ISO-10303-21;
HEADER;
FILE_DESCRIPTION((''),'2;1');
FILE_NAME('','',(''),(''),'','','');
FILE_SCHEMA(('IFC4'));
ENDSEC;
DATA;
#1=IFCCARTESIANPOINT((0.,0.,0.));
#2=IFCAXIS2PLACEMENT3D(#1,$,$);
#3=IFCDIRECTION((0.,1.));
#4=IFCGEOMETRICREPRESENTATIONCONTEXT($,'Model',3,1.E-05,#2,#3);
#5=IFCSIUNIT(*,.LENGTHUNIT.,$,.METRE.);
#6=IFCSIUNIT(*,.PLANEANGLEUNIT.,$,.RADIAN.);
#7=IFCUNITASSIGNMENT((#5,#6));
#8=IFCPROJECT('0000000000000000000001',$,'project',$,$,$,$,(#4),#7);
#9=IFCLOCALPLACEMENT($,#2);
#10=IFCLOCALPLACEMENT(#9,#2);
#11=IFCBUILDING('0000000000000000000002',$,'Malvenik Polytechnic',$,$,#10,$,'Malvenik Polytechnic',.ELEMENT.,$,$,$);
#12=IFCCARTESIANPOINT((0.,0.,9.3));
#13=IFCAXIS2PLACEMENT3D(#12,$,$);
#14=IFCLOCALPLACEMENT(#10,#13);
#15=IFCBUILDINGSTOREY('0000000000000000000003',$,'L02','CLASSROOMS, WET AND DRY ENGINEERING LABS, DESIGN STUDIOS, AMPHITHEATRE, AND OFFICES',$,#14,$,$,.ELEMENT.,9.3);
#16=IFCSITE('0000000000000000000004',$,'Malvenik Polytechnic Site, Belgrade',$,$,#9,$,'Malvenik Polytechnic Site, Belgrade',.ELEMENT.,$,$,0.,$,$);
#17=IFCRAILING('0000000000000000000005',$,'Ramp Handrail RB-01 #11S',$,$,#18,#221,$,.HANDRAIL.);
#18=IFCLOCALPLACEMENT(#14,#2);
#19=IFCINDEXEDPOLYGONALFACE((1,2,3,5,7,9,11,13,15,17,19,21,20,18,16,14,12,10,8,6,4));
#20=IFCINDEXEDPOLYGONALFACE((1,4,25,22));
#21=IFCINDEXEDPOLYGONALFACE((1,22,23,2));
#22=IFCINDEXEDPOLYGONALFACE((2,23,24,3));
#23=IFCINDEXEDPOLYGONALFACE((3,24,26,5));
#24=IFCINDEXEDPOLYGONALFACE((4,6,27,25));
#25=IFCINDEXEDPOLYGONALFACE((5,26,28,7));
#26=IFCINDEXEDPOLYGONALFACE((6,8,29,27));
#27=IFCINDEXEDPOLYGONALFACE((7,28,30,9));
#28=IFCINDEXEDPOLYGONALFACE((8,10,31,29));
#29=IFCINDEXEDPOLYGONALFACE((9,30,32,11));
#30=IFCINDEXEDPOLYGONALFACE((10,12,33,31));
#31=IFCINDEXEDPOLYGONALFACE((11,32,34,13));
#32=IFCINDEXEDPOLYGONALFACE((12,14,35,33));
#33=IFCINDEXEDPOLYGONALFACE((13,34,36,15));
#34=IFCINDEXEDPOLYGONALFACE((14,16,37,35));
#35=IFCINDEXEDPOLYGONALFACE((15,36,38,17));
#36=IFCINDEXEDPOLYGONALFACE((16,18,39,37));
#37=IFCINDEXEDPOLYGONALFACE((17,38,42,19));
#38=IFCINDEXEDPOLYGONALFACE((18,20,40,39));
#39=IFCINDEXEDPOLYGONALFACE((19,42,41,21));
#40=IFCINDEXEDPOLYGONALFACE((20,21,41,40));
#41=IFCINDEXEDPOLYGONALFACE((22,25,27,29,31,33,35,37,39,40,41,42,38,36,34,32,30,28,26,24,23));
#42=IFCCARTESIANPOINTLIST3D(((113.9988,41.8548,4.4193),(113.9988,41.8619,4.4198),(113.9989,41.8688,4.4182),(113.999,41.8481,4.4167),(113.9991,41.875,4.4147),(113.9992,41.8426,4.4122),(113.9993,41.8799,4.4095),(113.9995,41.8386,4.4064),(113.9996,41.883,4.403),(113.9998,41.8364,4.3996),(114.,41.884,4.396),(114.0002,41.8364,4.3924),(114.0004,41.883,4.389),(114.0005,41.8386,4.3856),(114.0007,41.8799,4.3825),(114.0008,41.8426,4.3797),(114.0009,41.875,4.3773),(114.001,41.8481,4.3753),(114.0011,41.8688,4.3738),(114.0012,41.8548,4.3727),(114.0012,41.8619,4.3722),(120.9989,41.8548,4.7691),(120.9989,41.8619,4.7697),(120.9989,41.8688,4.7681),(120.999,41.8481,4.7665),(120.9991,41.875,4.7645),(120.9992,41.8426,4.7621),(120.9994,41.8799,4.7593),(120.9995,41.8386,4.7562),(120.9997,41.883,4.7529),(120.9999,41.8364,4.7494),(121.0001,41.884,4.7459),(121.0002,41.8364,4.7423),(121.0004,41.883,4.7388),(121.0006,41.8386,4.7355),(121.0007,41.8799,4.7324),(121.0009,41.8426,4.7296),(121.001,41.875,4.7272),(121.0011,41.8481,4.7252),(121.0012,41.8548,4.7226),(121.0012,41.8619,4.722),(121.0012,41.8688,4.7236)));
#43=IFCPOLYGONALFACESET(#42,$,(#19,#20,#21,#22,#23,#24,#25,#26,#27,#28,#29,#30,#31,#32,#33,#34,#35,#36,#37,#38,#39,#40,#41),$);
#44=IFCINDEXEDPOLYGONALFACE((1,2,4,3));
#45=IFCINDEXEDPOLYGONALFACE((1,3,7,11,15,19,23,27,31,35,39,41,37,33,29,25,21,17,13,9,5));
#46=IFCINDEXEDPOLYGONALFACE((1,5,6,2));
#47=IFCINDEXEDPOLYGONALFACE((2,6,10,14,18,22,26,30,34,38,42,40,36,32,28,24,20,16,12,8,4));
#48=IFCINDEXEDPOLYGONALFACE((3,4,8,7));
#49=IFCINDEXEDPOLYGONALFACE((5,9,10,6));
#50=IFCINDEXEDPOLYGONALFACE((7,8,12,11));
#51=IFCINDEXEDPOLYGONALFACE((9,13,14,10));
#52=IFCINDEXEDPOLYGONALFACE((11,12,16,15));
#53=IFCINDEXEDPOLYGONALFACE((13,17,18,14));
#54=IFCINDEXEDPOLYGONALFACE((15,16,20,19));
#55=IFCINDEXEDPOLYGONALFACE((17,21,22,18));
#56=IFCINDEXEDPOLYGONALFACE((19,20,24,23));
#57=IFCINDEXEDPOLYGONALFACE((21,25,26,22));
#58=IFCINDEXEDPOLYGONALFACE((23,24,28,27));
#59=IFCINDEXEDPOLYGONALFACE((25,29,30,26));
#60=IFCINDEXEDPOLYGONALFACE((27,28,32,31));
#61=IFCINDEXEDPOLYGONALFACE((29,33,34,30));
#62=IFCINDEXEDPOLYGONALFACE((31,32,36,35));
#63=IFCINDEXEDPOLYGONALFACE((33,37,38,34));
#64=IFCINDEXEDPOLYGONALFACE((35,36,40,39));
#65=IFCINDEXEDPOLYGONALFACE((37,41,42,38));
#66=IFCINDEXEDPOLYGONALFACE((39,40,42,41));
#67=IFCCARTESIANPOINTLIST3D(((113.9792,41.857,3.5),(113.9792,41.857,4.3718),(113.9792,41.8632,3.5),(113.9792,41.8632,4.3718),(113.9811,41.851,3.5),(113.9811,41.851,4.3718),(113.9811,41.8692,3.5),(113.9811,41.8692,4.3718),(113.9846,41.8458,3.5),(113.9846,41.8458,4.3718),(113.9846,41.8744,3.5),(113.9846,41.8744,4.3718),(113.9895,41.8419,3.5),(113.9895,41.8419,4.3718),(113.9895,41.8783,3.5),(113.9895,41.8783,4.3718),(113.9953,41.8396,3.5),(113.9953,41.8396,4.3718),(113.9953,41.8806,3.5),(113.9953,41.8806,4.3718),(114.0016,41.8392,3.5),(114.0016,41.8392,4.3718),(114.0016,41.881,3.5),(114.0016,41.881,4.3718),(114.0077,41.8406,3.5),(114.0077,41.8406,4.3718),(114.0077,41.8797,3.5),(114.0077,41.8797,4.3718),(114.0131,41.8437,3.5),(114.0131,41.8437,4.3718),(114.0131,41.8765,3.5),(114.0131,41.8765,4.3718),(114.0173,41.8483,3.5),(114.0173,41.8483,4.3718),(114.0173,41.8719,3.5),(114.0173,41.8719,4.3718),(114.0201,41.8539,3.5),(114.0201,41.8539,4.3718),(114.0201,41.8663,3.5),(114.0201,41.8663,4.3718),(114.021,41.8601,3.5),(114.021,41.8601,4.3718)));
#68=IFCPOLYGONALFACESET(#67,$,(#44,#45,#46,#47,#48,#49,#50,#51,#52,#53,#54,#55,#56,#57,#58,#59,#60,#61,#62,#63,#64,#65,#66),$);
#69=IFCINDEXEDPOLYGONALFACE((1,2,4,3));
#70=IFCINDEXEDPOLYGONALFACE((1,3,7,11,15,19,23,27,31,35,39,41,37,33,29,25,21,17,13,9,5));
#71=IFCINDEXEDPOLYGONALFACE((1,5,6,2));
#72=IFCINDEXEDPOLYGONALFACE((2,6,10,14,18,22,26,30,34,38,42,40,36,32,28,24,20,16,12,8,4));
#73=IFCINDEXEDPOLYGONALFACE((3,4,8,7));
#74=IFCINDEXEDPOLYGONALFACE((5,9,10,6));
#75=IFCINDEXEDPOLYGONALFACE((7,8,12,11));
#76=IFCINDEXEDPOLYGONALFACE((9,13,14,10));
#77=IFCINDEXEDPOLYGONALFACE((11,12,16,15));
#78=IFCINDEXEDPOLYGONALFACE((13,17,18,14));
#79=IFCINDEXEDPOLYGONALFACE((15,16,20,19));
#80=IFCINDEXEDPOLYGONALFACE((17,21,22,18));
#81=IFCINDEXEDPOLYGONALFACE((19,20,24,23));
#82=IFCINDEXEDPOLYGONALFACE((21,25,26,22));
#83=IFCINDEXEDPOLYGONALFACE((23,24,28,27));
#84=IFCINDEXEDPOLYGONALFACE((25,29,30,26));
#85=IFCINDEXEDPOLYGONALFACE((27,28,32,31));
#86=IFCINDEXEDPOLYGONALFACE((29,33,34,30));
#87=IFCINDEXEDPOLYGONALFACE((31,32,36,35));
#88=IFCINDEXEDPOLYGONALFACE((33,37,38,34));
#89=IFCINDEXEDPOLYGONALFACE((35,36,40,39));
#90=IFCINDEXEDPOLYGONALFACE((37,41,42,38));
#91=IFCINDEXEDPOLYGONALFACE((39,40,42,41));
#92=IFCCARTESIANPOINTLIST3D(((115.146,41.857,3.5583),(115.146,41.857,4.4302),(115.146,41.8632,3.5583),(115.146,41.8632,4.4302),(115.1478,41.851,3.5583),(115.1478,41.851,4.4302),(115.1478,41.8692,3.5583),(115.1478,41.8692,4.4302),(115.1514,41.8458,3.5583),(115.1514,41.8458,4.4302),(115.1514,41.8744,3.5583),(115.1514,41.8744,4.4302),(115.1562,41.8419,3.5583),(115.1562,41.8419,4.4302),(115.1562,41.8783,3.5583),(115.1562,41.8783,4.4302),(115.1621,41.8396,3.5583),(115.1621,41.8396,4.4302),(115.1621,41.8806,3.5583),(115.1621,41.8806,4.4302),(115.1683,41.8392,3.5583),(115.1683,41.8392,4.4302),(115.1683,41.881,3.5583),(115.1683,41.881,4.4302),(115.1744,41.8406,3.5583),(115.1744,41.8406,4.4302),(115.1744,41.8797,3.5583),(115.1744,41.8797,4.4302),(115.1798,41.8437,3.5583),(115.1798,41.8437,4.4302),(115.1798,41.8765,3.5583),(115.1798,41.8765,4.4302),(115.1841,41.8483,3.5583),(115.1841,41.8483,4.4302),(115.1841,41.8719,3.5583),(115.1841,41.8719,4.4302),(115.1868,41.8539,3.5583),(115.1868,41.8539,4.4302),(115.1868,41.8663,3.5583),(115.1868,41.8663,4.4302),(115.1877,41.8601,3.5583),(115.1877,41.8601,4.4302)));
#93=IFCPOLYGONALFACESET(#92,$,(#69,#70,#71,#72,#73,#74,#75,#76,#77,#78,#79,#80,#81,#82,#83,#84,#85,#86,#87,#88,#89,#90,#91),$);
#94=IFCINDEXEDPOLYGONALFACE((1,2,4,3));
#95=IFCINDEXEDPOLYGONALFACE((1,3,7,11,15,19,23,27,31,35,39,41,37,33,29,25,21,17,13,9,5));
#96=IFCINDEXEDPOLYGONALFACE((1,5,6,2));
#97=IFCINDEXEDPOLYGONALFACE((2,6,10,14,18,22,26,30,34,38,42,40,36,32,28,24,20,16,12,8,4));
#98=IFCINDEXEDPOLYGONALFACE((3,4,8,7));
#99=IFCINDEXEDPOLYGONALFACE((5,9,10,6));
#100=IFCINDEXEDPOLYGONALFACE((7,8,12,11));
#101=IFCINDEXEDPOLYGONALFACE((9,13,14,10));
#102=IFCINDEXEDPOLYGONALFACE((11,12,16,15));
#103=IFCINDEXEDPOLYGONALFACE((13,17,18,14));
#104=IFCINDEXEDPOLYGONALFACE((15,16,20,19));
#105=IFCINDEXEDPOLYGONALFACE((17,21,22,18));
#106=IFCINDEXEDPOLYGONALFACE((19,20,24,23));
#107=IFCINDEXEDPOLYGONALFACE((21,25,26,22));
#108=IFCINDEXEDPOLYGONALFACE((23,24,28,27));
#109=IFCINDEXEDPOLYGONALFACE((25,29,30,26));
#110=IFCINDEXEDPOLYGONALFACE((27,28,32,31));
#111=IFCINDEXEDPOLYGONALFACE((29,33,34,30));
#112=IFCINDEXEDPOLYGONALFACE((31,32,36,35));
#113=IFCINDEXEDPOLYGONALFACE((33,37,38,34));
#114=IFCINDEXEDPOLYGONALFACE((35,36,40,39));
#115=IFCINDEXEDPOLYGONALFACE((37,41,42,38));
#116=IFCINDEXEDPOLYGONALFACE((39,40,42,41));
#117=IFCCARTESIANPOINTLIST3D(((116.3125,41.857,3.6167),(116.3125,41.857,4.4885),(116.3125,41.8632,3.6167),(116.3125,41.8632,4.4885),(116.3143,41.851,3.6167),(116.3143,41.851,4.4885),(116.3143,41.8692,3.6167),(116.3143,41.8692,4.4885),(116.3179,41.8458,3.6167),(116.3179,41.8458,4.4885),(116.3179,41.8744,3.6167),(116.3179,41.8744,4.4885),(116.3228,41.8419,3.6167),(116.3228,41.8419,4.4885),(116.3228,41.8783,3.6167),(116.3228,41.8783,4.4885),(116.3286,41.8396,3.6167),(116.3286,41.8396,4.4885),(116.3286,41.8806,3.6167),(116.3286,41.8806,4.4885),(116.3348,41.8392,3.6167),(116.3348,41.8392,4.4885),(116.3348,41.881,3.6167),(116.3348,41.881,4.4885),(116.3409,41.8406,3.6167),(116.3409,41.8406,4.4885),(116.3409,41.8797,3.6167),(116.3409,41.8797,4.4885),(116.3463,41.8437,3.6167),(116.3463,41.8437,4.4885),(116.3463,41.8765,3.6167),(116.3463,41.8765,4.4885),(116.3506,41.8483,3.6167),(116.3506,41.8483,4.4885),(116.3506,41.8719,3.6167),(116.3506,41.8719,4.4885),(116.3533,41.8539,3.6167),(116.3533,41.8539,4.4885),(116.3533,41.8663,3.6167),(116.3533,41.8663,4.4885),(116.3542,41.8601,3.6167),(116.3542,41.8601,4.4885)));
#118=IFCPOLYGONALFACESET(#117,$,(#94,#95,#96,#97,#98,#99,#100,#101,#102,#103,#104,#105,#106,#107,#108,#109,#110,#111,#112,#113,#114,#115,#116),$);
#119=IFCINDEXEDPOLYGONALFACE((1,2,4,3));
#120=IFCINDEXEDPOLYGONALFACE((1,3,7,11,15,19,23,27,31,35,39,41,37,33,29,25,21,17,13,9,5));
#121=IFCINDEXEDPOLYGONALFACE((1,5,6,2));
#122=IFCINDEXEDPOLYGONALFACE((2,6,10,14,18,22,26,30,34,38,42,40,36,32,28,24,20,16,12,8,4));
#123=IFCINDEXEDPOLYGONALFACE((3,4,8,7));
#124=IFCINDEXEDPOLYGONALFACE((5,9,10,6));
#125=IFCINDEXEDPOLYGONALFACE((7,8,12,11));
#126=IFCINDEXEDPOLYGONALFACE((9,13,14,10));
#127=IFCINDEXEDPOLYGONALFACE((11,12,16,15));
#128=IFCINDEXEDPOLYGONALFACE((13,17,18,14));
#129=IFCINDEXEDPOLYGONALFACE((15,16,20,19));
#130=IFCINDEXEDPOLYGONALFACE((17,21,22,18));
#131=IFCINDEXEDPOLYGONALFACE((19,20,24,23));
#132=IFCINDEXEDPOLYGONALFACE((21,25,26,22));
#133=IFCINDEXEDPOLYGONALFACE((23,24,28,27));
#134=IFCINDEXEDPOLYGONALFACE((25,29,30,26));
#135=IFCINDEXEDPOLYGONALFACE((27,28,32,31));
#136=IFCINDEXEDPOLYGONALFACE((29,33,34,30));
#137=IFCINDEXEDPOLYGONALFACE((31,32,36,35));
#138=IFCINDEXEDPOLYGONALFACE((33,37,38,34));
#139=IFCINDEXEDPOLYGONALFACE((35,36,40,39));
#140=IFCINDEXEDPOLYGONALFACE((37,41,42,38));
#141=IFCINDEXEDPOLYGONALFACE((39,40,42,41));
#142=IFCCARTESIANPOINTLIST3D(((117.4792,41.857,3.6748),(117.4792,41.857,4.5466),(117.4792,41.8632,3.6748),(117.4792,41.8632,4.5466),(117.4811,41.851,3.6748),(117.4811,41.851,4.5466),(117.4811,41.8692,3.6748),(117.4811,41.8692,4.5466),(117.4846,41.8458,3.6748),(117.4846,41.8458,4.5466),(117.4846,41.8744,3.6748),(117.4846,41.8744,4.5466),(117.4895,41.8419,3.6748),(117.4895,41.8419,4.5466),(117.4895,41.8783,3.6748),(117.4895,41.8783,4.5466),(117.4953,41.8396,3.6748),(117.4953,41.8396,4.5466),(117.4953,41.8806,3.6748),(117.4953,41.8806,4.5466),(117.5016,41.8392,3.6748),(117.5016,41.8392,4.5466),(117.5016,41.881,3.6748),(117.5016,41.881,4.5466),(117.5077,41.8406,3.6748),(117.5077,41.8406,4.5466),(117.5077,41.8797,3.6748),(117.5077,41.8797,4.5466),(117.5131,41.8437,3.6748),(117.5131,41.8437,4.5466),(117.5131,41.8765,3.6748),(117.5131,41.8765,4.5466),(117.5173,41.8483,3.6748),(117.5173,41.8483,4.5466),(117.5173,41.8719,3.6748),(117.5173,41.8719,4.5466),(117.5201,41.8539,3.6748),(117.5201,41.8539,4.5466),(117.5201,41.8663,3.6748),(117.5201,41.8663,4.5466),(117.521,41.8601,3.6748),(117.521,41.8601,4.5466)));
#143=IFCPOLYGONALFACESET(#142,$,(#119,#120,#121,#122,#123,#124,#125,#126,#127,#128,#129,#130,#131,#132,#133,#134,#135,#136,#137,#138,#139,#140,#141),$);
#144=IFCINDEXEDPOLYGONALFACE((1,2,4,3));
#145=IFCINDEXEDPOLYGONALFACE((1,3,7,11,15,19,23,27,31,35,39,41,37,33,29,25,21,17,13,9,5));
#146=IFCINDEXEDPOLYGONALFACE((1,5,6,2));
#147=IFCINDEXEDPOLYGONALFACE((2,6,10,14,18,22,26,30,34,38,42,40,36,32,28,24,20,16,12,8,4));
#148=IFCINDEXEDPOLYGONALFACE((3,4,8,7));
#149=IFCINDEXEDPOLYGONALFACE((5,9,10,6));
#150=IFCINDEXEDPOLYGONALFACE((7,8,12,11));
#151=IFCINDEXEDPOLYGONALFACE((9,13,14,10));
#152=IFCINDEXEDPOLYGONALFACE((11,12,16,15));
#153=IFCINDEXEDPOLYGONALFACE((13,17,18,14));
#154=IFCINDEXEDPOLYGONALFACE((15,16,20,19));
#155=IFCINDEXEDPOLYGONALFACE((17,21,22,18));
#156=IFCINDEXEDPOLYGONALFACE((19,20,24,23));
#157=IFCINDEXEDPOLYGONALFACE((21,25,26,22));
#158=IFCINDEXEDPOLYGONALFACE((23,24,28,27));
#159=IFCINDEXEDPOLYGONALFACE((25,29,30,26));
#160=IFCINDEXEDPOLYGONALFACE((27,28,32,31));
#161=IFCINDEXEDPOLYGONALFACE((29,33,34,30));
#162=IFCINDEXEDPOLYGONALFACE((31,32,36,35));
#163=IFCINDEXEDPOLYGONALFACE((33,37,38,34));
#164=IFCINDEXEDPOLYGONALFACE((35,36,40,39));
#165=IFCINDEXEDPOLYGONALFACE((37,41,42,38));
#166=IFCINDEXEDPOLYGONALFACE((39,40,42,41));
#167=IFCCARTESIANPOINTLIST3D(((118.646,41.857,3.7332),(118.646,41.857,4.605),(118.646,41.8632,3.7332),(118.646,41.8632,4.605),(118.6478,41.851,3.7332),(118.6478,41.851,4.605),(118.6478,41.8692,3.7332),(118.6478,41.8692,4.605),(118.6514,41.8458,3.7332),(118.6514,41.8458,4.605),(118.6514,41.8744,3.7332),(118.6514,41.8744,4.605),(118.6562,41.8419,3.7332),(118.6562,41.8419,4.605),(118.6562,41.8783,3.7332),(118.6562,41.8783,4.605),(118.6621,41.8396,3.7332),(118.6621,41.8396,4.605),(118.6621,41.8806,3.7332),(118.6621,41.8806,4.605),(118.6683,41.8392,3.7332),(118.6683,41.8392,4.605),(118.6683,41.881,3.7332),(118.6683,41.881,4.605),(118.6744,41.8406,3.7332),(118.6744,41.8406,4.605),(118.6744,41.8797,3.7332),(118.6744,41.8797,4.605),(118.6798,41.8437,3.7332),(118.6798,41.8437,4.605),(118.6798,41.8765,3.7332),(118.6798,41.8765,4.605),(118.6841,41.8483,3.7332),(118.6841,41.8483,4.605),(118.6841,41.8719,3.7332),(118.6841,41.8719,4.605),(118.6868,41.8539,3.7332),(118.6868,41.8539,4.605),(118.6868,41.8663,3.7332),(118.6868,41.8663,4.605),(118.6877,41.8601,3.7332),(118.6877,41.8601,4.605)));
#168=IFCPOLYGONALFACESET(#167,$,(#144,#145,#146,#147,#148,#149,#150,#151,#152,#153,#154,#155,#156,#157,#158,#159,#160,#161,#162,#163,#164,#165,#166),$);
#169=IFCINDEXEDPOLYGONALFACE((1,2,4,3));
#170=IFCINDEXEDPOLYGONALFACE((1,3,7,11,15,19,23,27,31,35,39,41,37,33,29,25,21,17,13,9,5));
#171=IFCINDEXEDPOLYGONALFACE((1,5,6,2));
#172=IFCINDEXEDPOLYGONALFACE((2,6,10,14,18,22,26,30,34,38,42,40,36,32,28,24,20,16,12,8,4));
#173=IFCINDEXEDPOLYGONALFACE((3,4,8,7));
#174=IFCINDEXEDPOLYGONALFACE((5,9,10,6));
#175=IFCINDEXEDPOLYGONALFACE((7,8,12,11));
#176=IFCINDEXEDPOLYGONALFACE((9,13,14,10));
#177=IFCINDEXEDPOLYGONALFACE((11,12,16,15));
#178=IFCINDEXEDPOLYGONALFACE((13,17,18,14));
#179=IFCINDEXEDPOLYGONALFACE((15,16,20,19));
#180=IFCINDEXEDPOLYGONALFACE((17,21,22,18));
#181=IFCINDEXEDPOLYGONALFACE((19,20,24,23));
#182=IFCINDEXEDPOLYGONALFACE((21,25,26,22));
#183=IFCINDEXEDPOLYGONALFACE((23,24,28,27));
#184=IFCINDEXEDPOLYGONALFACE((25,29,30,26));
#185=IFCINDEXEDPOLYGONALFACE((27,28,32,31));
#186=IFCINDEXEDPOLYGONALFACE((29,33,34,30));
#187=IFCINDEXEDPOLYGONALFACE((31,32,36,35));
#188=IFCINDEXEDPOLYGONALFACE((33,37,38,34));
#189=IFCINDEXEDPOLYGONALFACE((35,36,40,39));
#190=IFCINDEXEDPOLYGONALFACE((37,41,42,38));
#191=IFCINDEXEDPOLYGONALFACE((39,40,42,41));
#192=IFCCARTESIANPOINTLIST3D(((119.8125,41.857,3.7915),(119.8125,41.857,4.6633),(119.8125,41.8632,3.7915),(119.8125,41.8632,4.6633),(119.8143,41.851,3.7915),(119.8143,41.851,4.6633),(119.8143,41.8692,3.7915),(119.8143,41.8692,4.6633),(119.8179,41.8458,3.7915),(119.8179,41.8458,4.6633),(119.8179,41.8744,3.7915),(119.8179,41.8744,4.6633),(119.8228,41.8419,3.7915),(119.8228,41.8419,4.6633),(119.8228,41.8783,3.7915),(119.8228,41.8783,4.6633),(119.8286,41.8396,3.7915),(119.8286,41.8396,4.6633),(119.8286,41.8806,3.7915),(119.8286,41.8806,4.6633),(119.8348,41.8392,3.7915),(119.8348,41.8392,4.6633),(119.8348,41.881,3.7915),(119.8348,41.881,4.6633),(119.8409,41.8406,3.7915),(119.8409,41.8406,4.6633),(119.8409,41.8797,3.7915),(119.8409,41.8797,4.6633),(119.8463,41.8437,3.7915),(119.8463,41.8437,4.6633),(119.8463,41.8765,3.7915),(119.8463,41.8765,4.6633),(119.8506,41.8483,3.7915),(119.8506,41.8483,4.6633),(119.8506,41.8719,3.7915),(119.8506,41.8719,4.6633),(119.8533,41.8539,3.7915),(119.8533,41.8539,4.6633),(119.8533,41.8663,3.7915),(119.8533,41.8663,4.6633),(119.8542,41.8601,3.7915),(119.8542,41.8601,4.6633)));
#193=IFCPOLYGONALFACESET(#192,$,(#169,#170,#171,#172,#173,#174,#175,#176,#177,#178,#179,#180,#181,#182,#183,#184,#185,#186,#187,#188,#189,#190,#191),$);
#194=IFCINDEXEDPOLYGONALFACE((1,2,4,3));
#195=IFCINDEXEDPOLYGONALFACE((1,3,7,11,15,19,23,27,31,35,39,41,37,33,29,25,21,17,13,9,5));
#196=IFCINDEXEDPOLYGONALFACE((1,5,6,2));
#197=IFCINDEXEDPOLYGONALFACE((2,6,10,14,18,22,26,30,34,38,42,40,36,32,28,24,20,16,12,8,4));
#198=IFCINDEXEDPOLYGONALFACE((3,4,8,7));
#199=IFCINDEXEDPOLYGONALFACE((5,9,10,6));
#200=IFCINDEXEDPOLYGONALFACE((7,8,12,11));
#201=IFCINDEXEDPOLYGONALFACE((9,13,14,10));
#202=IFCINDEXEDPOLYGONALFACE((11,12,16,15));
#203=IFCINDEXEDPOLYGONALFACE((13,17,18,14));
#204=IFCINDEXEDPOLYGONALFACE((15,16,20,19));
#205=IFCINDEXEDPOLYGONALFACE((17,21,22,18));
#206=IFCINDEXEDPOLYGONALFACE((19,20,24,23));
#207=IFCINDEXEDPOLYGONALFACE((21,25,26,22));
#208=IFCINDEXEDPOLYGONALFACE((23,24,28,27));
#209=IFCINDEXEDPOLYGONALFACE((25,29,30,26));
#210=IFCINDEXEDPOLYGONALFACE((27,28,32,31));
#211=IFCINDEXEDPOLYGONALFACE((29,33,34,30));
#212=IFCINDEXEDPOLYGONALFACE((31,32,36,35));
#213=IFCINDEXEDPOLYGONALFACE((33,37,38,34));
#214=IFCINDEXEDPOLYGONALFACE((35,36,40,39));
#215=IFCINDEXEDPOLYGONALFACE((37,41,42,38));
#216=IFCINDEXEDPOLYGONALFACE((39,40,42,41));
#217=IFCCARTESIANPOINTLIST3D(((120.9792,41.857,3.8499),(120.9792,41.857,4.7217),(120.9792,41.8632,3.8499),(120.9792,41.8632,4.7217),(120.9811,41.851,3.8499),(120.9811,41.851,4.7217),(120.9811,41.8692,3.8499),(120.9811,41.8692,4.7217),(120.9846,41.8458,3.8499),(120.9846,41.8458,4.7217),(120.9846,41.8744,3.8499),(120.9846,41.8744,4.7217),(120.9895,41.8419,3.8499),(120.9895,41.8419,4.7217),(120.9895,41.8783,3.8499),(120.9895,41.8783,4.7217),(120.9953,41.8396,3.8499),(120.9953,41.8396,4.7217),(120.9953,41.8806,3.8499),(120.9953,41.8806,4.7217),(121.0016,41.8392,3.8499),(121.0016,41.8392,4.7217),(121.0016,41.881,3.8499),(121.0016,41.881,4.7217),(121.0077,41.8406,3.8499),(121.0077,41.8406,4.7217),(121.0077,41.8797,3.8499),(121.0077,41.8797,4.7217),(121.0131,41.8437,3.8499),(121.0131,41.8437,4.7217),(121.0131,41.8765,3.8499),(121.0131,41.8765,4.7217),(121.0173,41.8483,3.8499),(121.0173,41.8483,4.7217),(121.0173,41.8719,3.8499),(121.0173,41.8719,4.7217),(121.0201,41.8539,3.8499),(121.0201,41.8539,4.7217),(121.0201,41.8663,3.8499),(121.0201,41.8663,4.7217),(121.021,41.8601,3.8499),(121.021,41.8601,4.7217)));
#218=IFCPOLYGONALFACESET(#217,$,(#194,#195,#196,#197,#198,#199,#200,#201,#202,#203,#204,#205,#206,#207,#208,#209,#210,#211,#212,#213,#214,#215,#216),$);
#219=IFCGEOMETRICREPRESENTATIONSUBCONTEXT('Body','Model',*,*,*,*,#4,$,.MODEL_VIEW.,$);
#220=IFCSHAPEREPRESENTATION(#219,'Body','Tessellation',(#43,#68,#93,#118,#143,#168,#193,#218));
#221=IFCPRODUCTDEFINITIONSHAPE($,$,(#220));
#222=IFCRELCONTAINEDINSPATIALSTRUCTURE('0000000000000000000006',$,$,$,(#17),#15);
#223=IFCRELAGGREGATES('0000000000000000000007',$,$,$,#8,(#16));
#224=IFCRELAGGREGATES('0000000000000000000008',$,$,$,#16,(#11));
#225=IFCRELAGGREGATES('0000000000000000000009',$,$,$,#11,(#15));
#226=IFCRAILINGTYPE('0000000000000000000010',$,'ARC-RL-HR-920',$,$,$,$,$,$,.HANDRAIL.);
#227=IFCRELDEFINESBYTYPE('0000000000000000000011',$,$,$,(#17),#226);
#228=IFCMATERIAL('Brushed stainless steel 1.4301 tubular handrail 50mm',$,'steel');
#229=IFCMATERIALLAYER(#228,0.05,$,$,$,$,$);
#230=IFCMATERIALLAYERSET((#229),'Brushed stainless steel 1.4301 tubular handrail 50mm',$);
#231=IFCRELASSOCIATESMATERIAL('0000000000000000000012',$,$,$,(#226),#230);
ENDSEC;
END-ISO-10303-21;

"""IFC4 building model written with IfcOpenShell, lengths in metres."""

from ifc_helpers import new_model, si_unit, direction, frame, origin, origin_2d, place, context, subcontext, project, spatial, circle, extrude, material, layer, layer_set, type_object, element, save


model = new_model("IFC4")

# Units and contexts
model_context = context("Model", 3, precision=1e-05, world=origin(), true_north=direction((0.0, 1.0)))
body_context = subcontext(model_context, "Body", "Model", "MODEL_VIEW")
ifc_project = project(units=[si_unit("LENGTHUNIT", "METRE"), si_unit("PLANEANGLEUNIT", "RADIAN")], contexts=[model_context])

# Site, building, storey
site_placement = place(None, origin())
site = spatial("IfcSite", under=ifc_project, at=site_placement, Name="Malvenik Polytechnic Site, Belgrade", LongName="Malvenik Polytechnic Site, Belgrade", CompositionType="ELEMENT", RefElevation=0.0)
building_placement = place(site_placement, origin())
building = spatial("IfcBuilding", under=site, at=building_placement, Name="Malvenik Polytechnic", LongName="Malvenik Polytechnic", CompositionType="ELEMENT")
storey_placement = place(building_placement, frame((0.0, 0.0, 9.3)))
storey = spatial("IfcBuildingStorey", under=building, at=storey_placement, Name="L02", Description="CLASSROOMS, WET AND DRY ENGINEERING LABS, DESIGN STUDIOS, AMPHITHEATRE, AND OFFICES", CompositionType="ELEMENT", Elevation=9.3)

# Railing
ifc_material_1 = material(Name="Brushed stainless steel 1.4301 tubular handrail 50mm", Category="steel")
ifc_layer_1 = layer(ifc_material_1, 0.05)
ifc_layer_set_1 = layer_set([ifc_layer_1], Name="Brushed stainless steel 1.4301 tubular handrail 50mm")
railing_type_1 = type_object("IfcRailingType", Name="ARC-RL-HR-920", PredefinedType="HANDRAIL", material=ifc_layer_set_1)
railing_1_placement = place(storey_placement, frame((114.0, 41.8601, 3.5)))
element("IfcRailing", 1, at=railing_1_placement, inside=storey, type_object=railing_type_1, Name="Ramp Handrail RB-01 #11S", PredefinedType="HANDRAIL", context=body_context, shape_type="SweptSolid", body=[
    extrude(circle(Radius=0.0239, at=origin_2d()), frame((0.0, 0.0, 0.896), z_axis=(0.998753, 0.0, 0.049917), x_axis=(0.0, 1.0, 0.0)), (0.0, 0.0, 1.0), 7.0088),
    extrude(circle(Radius=0.021, at=origin_2d()), origin(), (0.0, 0.0, 1.0), 0.8718),
    extrude(circle(Radius=0.021, at=origin_2d()), frame((1.1667, 0.0, 0.0583)), (0.0, 0.0, 1.0), 0.8718),
    extrude(circle(Radius=0.021, at=origin_2d()), frame((2.3333, 0.0, 0.1167)), (0.0, 0.0, 1.0), 0.8718),
    extrude(circle(Radius=0.021, at=origin_2d()), frame((3.5, 0.0, 0.1748)), (0.0, 0.0, 1.0), 0.8718),
    extrude(circle(Radius=0.021, at=origin_2d()), frame((4.6667, 0.0, 0.2332)), (0.0, 0.0, 1.0), 0.8718),
    extrude(circle(Radius=0.021, at=origin_2d()), frame((5.8333, 0.0, 0.2915)), (0.0, 0.0, 1.0), 0.8718),
    extrude(circle(Radius=0.021, at=origin_2d()), frame((7.0, 0.0, 0.3499)), (0.0, 0.0, 1.0), 0.8718),
])

save(model, "model.ifc")
